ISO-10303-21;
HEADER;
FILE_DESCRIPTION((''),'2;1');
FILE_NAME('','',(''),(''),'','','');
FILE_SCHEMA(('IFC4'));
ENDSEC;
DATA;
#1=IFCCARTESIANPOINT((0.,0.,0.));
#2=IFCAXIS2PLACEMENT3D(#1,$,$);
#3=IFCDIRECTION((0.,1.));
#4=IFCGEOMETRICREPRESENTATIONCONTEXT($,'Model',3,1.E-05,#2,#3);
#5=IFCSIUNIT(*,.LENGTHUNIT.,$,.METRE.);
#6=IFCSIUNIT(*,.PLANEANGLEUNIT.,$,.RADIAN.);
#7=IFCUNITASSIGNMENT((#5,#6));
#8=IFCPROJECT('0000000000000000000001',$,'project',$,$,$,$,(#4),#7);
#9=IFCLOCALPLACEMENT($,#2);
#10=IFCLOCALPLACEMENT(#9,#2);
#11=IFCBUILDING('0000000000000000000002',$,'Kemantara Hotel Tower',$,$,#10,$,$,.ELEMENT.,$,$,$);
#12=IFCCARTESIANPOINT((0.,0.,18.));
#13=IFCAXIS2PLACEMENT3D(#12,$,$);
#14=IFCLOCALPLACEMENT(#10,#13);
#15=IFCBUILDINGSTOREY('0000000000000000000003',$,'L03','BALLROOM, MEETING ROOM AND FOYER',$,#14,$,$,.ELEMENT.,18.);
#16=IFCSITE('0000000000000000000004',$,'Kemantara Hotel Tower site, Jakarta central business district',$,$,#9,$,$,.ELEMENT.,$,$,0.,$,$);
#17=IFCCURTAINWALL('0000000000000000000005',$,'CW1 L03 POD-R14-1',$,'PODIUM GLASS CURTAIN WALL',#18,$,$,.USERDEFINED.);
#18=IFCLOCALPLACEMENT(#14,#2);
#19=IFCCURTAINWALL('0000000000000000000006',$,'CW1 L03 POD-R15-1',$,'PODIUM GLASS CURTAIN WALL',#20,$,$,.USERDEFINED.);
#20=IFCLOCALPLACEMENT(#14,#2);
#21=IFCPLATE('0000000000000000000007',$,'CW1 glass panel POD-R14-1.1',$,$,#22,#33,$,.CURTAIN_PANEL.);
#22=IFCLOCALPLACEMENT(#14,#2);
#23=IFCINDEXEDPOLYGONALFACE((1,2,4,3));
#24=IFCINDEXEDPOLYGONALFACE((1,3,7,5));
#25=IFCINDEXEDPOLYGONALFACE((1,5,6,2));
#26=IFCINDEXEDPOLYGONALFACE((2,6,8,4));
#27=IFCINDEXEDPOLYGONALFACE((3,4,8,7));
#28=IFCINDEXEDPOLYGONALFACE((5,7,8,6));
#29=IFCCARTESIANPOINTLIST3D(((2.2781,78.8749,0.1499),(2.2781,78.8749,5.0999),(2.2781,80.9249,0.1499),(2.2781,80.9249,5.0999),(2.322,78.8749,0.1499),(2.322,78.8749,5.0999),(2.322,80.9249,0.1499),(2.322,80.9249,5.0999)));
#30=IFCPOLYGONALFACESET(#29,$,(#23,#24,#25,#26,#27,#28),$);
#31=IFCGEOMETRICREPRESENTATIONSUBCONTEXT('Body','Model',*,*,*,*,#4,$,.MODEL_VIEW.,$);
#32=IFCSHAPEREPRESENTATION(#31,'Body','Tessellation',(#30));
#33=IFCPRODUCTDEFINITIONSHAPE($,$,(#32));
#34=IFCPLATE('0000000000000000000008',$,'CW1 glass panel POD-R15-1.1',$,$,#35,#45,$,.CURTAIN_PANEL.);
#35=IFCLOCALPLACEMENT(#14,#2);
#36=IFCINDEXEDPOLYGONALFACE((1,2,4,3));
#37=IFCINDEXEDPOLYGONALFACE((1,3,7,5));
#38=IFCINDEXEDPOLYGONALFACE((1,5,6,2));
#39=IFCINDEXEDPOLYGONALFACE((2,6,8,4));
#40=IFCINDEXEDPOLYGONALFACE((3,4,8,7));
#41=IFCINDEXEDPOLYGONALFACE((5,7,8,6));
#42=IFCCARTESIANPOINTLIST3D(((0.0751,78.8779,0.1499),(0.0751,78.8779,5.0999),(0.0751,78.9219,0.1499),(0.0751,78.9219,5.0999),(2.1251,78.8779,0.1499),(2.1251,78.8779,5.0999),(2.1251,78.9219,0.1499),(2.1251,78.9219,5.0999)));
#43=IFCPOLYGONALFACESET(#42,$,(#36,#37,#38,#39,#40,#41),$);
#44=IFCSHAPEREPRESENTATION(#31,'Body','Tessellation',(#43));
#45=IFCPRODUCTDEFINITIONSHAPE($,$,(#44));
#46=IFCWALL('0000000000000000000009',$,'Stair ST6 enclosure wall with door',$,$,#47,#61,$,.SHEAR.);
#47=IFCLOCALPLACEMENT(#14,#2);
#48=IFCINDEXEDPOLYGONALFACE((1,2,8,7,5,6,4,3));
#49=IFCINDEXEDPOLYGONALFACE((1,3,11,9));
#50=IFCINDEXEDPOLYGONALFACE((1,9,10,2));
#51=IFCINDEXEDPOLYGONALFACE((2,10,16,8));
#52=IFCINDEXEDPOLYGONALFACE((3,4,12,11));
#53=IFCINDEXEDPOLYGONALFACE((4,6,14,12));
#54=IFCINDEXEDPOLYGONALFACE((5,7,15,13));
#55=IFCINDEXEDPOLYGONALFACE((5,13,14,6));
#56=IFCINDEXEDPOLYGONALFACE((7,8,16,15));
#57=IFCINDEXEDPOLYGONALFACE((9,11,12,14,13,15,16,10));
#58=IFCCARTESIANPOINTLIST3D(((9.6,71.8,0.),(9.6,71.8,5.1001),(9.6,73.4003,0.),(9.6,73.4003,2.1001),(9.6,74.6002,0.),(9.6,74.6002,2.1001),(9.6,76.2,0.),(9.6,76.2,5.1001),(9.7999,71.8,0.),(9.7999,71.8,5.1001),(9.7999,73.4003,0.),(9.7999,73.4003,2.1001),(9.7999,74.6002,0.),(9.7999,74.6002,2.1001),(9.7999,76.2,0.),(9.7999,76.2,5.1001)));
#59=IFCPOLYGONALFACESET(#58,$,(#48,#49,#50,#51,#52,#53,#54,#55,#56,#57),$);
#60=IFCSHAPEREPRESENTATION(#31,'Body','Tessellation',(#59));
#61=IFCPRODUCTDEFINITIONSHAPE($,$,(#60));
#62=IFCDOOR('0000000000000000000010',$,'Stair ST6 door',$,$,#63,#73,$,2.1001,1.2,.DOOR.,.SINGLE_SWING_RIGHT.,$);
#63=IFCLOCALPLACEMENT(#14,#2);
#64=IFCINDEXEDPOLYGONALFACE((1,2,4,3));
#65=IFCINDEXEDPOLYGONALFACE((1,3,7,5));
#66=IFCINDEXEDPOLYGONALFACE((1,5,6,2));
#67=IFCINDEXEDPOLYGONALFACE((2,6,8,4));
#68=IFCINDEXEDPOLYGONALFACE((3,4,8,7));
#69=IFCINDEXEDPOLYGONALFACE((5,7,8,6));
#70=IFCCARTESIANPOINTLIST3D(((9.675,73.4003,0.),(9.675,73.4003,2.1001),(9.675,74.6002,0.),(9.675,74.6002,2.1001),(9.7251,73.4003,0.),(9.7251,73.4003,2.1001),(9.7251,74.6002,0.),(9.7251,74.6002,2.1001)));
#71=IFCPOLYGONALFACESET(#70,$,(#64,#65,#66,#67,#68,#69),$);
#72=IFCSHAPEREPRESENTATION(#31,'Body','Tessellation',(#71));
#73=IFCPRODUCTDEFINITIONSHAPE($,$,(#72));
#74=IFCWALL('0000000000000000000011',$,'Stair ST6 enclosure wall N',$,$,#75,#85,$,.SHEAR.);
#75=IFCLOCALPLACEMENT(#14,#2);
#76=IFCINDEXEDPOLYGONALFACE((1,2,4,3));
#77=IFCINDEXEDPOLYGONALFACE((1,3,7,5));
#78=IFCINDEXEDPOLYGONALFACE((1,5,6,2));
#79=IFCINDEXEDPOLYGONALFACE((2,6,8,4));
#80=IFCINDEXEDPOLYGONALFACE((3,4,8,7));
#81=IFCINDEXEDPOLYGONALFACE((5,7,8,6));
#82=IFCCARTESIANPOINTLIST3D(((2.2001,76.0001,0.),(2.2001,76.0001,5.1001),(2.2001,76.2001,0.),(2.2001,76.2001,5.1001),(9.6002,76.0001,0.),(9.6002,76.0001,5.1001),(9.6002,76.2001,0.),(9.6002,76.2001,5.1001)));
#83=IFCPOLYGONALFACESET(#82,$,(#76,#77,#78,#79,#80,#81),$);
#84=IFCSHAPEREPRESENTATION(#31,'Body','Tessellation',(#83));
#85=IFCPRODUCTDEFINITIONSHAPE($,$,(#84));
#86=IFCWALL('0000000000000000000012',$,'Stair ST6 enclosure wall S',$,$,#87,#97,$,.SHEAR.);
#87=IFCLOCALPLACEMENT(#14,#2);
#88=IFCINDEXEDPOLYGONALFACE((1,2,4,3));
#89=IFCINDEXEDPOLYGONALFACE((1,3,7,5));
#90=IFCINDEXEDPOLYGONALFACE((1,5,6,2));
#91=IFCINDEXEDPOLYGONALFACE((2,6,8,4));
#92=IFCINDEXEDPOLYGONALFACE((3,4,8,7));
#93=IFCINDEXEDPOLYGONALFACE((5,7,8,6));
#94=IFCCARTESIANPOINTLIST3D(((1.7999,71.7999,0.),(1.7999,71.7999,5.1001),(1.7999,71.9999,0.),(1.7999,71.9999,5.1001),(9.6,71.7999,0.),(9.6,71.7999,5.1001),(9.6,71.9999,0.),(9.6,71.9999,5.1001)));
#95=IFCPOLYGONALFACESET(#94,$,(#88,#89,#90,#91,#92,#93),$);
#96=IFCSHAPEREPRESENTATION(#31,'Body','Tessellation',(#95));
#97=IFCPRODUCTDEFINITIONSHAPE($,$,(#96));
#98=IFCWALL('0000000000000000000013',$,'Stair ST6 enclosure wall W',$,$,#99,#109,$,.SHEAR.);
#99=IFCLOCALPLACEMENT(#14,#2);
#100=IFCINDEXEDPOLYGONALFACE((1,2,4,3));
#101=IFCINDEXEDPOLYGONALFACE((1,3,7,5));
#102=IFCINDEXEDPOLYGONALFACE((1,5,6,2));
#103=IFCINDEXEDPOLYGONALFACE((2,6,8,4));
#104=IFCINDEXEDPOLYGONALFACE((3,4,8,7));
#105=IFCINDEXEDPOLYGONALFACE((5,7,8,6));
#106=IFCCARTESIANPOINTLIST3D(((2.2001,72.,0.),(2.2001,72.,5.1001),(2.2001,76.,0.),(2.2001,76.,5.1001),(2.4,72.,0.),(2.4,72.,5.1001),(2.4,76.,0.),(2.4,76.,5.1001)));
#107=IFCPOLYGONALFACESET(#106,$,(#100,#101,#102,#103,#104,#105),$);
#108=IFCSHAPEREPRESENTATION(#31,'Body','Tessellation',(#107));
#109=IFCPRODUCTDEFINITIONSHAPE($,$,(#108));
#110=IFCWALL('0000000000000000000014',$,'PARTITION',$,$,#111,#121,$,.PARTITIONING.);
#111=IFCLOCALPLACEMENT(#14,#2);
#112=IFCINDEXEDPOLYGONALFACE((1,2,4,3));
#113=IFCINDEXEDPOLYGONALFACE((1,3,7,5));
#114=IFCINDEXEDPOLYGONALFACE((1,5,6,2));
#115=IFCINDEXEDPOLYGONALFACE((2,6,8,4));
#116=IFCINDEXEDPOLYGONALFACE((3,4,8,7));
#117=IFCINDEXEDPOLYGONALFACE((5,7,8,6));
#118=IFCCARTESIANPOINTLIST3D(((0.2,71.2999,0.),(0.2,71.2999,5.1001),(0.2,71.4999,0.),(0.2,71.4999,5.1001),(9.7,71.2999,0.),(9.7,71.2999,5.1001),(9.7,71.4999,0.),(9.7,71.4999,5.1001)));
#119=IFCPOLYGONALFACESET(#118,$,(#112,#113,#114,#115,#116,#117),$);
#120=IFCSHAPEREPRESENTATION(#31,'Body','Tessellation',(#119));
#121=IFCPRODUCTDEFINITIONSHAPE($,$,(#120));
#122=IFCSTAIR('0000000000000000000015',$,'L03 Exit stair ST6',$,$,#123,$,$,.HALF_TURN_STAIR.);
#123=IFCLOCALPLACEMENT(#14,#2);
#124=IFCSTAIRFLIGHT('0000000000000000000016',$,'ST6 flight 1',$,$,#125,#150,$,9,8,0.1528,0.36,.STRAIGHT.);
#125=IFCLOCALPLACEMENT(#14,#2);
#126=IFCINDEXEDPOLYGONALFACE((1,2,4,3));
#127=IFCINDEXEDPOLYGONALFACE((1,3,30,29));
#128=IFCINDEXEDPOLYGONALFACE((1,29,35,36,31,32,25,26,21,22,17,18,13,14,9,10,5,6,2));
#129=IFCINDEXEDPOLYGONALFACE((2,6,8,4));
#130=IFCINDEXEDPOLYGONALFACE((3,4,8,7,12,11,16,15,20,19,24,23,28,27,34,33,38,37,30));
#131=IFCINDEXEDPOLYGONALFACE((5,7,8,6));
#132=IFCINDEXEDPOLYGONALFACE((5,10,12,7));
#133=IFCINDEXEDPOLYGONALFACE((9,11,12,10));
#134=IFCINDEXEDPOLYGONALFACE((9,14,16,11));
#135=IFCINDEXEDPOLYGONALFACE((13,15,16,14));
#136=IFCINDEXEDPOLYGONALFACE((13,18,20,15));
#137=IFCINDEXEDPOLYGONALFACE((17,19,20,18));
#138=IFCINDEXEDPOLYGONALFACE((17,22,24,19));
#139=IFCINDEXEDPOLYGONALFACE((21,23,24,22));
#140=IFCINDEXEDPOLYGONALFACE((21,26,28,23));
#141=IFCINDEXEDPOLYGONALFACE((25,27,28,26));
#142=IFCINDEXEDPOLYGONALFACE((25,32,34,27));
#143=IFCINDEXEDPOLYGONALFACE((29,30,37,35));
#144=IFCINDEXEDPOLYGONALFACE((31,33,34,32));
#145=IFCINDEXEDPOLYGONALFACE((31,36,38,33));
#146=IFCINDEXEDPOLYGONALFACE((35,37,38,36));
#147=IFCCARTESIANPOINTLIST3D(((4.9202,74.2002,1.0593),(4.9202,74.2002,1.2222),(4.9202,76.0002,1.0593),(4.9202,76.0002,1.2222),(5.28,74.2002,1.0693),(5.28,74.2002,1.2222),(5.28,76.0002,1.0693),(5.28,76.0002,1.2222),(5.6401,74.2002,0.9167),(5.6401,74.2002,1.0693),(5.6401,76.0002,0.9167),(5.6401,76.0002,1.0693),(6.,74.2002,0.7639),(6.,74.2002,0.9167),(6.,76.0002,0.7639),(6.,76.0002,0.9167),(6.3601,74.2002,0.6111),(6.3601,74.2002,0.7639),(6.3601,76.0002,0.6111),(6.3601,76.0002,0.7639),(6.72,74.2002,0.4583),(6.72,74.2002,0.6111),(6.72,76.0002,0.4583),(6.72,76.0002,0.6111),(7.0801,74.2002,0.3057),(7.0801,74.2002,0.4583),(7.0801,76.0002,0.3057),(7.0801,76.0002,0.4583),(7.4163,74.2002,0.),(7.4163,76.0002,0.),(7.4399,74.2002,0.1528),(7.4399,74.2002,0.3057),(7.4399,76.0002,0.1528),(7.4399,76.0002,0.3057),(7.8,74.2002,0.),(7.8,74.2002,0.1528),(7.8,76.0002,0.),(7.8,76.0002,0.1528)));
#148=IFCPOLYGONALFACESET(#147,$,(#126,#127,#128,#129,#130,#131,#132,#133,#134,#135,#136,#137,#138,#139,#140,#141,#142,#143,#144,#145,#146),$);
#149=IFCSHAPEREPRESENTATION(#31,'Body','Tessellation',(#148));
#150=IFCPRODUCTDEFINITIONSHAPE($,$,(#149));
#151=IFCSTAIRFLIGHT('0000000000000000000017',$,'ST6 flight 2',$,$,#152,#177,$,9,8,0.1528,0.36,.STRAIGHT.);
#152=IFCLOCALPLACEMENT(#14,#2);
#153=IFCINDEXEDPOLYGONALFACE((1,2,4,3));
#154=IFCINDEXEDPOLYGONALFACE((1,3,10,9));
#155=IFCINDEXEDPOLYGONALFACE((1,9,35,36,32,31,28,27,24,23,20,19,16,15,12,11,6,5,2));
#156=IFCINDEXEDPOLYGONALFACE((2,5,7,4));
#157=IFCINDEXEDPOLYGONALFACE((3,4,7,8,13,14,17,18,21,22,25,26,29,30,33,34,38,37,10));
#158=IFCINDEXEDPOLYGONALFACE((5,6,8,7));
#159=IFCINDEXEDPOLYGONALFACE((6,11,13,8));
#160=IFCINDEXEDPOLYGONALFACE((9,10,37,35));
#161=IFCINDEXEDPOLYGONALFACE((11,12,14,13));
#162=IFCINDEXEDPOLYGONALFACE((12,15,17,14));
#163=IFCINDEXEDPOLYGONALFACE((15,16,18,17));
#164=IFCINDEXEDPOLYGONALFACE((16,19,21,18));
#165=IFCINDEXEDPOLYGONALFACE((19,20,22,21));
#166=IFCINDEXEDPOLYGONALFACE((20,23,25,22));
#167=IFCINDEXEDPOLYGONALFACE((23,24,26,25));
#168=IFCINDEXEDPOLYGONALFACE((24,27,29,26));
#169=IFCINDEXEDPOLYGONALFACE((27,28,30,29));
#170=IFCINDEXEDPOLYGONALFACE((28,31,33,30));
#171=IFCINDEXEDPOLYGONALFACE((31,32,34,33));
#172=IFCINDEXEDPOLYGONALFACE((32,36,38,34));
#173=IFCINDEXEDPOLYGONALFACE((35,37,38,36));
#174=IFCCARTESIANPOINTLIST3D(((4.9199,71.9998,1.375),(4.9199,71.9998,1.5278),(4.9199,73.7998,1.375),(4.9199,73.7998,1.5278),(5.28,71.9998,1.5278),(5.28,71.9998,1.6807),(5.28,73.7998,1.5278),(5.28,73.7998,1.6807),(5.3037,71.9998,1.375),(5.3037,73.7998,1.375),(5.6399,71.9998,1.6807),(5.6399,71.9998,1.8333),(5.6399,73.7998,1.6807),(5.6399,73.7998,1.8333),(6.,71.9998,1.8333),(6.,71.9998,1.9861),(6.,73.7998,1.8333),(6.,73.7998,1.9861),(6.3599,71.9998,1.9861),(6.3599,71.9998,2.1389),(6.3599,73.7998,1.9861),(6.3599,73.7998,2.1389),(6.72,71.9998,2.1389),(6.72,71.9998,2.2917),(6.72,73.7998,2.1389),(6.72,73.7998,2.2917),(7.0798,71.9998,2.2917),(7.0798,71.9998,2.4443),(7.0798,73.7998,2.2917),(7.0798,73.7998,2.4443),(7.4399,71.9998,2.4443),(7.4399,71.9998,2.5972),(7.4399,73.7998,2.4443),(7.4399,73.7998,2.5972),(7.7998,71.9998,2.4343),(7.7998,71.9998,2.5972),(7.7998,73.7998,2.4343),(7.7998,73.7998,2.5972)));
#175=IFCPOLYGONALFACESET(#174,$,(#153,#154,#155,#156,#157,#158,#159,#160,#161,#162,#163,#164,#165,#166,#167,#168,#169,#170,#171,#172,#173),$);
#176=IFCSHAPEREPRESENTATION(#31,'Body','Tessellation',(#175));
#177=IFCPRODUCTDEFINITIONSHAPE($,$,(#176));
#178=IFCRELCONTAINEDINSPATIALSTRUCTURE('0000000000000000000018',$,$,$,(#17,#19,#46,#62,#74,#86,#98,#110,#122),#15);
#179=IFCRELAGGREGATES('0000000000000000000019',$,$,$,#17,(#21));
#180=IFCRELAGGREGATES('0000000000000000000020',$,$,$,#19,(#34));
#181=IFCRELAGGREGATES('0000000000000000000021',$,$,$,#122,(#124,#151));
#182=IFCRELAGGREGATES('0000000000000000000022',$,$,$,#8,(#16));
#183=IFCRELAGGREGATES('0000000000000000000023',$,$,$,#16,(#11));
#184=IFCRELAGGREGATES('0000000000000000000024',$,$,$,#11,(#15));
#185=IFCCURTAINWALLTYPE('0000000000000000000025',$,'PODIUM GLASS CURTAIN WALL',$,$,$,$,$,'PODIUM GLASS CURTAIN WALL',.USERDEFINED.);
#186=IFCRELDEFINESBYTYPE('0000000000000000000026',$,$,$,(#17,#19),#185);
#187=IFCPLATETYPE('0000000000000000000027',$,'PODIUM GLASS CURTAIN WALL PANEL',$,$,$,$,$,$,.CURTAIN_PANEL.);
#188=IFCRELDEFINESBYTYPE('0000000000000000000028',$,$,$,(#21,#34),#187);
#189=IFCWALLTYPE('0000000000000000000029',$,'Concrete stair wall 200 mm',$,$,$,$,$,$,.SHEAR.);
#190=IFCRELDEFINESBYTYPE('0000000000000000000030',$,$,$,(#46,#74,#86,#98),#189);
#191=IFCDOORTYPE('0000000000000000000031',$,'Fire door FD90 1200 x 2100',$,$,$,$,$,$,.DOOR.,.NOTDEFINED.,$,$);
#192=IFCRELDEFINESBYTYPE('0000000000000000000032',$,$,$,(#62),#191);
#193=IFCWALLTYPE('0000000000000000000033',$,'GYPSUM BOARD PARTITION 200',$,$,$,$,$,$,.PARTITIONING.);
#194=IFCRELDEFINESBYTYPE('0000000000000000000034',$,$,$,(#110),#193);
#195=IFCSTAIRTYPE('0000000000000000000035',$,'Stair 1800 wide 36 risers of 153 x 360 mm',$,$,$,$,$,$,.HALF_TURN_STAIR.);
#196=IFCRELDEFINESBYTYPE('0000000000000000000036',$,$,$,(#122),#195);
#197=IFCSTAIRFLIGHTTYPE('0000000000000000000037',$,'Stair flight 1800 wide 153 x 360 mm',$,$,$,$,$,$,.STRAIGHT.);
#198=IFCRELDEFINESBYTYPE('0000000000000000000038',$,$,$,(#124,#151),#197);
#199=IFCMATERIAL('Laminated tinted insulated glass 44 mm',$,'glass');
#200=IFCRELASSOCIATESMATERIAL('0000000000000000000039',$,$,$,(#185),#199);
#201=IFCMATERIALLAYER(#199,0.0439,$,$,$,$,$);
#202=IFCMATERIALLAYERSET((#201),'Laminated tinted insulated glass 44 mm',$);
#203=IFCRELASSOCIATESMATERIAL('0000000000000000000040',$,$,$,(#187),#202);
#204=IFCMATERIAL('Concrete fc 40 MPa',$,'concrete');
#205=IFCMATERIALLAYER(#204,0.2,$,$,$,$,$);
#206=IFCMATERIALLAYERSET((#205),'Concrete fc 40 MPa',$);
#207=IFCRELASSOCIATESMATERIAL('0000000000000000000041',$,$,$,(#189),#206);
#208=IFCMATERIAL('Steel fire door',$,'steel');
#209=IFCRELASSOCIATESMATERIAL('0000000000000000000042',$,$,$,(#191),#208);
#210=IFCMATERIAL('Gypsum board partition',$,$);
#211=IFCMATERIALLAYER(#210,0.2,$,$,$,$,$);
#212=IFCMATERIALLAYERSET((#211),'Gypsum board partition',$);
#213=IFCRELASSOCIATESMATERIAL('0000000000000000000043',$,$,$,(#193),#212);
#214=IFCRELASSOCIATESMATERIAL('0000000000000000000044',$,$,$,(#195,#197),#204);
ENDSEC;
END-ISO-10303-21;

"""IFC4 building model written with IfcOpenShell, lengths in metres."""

from ifc_helpers import new_model, si_unit, direction, frame, frame_2d, origin, origin_2d, place, context, subcontext, project, spatial, polyline, rectangle, outline, extrude, source, transform, mapped, material, layer, layer_set, type_object, element, fill, aggregate, save


model = new_model("IFC4")

# Units and contexts
model_context = context("Model", 3, precision=1e-05, world=origin(), true_north=direction((0.0, 1.0)))
body_context = subcontext(model_context, "Body", "Model", "MODEL_VIEW")
ifc_project = project(units=[si_unit("LENGTHUNIT", "METRE"), si_unit("PLANEANGLEUNIT", "RADIAN")], contexts=[model_context])

# Site, building, storey
site_placement = place(None, origin())
site = spatial("IfcSite", under=ifc_project, at=site_placement, Name="Kemantara Hotel Tower site, Jakarta central business district", CompositionType="ELEMENT", RefElevation=0.0)
building_placement = place(site_placement, origin())
building = spatial("IfcBuilding", under=site, at=building_placement, Name="Kemantara Hotel Tower", CompositionType="ELEMENT")
storey_placement = place(building_placement, frame((0.0, 0.0, 18.0)))
storey = spatial("IfcBuildingStorey", under=building, at=storey_placement, Name="L03", Description="BALLROOM, MEETING ROOM AND FOYER", CompositionType="ELEMENT", Elevation=18.0)

# Curtain walls
ifc_material_1 = material(Name="Laminated tinted insulated glass 44 mm", Category="glass")
curtain_wall_type = type_object("IfcCurtainWallType", Name="PODIUM GLASS CURTAIN WALL", ElementType="PODIUM GLASS CURTAIN WALL", PredefinedType="USERDEFINED", material=ifc_material_1)
curtain_wall_1_placement = place(storey_placement, origin())
curtain_wall_1 = element("IfcCurtainWall", 1, at=curtain_wall_1_placement, inside=storey, type_object=curtain_wall_type, Name="CW1 L03 POD-R14-1", ObjectType="PODIUM GLASS CURTAIN WALL", PredefinedType="USERDEFINED")
curtain_wall_2_placement = place(storey_placement, origin())
curtain_wall_2 = element("IfcCurtainWall", 2, at=curtain_wall_2_placement, inside=storey, type_object=curtain_wall_type, Name="CW1 L03 POD-R15-1", ObjectType="PODIUM GLASS CURTAIN WALL", PredefinedType="USERDEFINED")

# Plates
ifc_layer_1 = layer(ifc_material_1, 0.0439)
ifc_layer_set_1 = layer_set([ifc_layer_1], Name="Laminated tinted insulated glass 44 mm")
plate_type = type_object("IfcPlateType", Name="PODIUM GLASS CURTAIN WALL PANEL", PredefinedType="CURTAIN_PANEL", material=ifc_layer_set_1)
shared_shape_1 = source(origin(), body_context, "Body", "SweptSolid", [
    extrude(rectangle(XDim=2.05, YDim=0.0439, at=origin_2d()), origin(), (0.0, 0.0, 1.0), 4.95),
])
plate_1_placement = place(storey_placement, frame((2.3, 79.8999, 0.1499), z_axis=(0.0, 0.0, 1.0), x_axis=(0.0, -1.0, 0.0)))
plate_1 = element("IfcPlate", 3, at=plate_1_placement, type_object=plate_type, Name="CW1 glass panel POD-R14-1.1", PredefinedType="CURTAIN_PANEL", context=body_context, shape_type="MappedRepresentation", body=[
    mapped(shared_shape_1, transform((0.0, 0.0, 0.0))),
])
aggregate(curtain_wall_1, [plate_1])
plate_2_placement = place(storey_placement, frame((1.1001, 78.8999, 0.1499), z_axis=(0.0, 0.0, 1.0), x_axis=(-1.0, 0.0, 0.0)))
plate_2 = element("IfcPlate", 4, at=plate_2_placement, type_object=plate_type, Name="CW1 glass panel POD-R15-1.1", PredefinedType="CURTAIN_PANEL", context=body_context, shape_type="MappedRepresentation", body=[
    mapped(shared_shape_1, transform((0.0, 0.0, 0.0))),
])
aggregate(curtain_wall_2, [plate_2])

# Wall, opening, door
ifc_material_2 = material(Name="Concrete fc 40 MPa", Category="concrete")
ifc_layer_2 = layer(ifc_material_2, 0.2)
ifc_layer_set_2 = layer_set([ifc_layer_2], Name="Concrete fc 40 MPa")
wall_type_1 = type_object("IfcWallType", Name="Concrete stair wall 200 mm", PredefinedType="SHEAR", material=ifc_layer_set_2)
wall_1_placement = place(storey_placement, frame((9.7, 71.8, 0.0), z_axis=(0.0, 0.0, 1.0), x_axis=(0.0, 1.0, 0.0)))
wall_1 = element("IfcWall", 5, at=wall_1_placement, inside=storey, type_object=wall_type_1, Name="Stair ST6 enclosure wall with door", PredefinedType="SHEAR", context=body_context, shape_type="SweptSolid", body=[
    extrude(rectangle(XDim=4.3999, YDim=0.2, at=frame_2d((2.2, 0.0))), origin(), (0.0, 0.0, 1.0), 5.1001),
])
opening_placement = place(wall_1_placement, frame((1.6001, 0.0, 0.0)))
opening = element("IfcOpeningElement", 6, at=opening_placement, cuts=wall_1, PredefinedType="OPENING", context=body_context, shape_type="SweptSolid", body=[
    extrude(rectangle(XDim=1.2, YDim=2.1001, at=frame_2d((0.6001, 1.05))), frame((0.0, 0.1099, 0.0), z_axis=(0.0, -1.0, 0.0), x_axis=(1.0, 0.0, 0.0)), (0.0, 0.0, 1.0), 0.22),
])
ifc_material_3 = material(Name="Steel fire door", Category="steel")
door_type = type_object("IfcDoorType", Name="Fire door FD90 1200 x 2100", OperationType="NOTDEFINED", PredefinedType="DOOR", material=ifc_material_3)
door_placement = place(opening_placement, origin())
door = element("IfcDoor", 7, at=door_placement, inside=storey, type_object=door_type, Name="Stair ST6 door", OperationType="SINGLE_SWING_RIGHT", OverallHeight=2.1001, OverallWidth=1.2, PredefinedType="DOOR", context=body_context, shape_type="SweptSolid", body=[
    extrude(rectangle(XDim=1.2, YDim=2.1001, at=frame_2d((0.6001, 1.05))), frame((0.0, 0.0249, 0.0), z_axis=(0.0, -1.0, 0.0), x_axis=(1.0, 0.0, 0.0)), (0.0, 0.0, 1.0), 0.05),
])
fill(opening, door)

# Walls
wall_2_placement = place(storey_placement, frame((2.2, 76.1001, 0.0), z_axis=(0.0, 0.0, 1.0), x_axis=(1.0, 0.0, 0.0)))
element("IfcWall", 8, at=wall_2_placement, inside=storey, type_object=wall_type_1, Name="Stair ST6 enclosure wall N", PredefinedType="SHEAR", context=body_context, shape_type="SweptSolid", body=[
    extrude(rectangle(XDim=7.4001, YDim=0.2, at=frame_2d((3.7002, 0.0))), origin(), (0.0, 0.0, 1.0), 5.1001),
])
wall_3_placement = place(storey_placement, frame((1.8, 71.8999, 0.0), z_axis=(0.0, 0.0, 1.0), x_axis=(1.0, 0.0, 0.0)))
element("IfcWall", 9, at=wall_3_placement, inside=storey, type_object=wall_type_1, Name="Stair ST6 enclosure wall S", PredefinedType="SHEAR", context=body_context, shape_type="SweptSolid", body=[
    extrude(rectangle(XDim=7.8, YDim=0.2, at=frame_2d((3.8999, 0.0))), origin(), (0.0, 0.0, 1.0), 5.1001),
])
wall_4_placement = place(storey_placement, frame((2.3, 72.0, 0.0), z_axis=(0.0, 0.0, 1.0), x_axis=(0.0, 1.0, 0.0)))
element("IfcWall", 10, at=wall_4_placement, inside=storey, type_object=wall_type_1, Name="Stair ST6 enclosure wall W", PredefinedType="SHEAR", context=body_context, shape_type="SweptSolid", body=[
    extrude(rectangle(XDim=4.0, YDim=0.2, at=frame_2d((2.0, 0.0))), origin(), (0.0, 0.0, 1.0), 5.1001),
])
ifc_material_4 = material(Name="Gypsum board partition")
ifc_layer_3 = layer(ifc_material_4, 0.2)
ifc_layer_set_3 = layer_set([ifc_layer_3], Name="Gypsum board partition")
wall_type_2 = type_object("IfcWallType", Name="GYPSUM BOARD PARTITION 200", PredefinedType="PARTITIONING", material=ifc_layer_set_3)
wall_5_placement = place(storey_placement, frame((0.2, 71.3999, 0.0), z_axis=(0.0, 0.0, 1.0), x_axis=(1.0, 0.0, 0.0)))
element("IfcWall", 11, at=wall_5_placement, inside=storey, type_object=wall_type_2, Name="PARTITION", PredefinedType="PARTITIONING", context=body_context, shape_type="SweptSolid", body=[
    extrude(rectangle(XDim=9.5, YDim=0.2, at=frame_2d((4.75, 0.0))), origin(), (0.0, 0.0, 1.0), 5.1001),
])

# Stair, stair flights
stair_type = type_object("IfcStairType", Name="Stair 1800 wide 36 risers of 153 x 360 mm", PredefinedType="HALF_TURN_STAIR", material=ifc_material_2)
stair_placement = place(storey_placement, origin())
stair = element("IfcStair", 12, at=stair_placement, inside=storey, type_object=stair_type, Name="L03 Exit stair ST6", PredefinedType="HALF_TURN_STAIR")
stair_flight_type = type_object("IfcStairFlightType", Name="Stair flight 1800 wide 153 x 360 mm", PredefinedType="STRAIGHT", material=ifc_material_2)
stair_flight_1_placement = place(storey_placement, frame((7.8, 75.1001, 0.0), z_axis=(0.0, 0.0, 1.0), x_axis=(-1.0, 0.0, 0.0)))
stair_flight_1 = element("IfcStairFlight", 13, at=stair_flight_1_placement, type_object=stair_flight_type, Name="ST6 flight 1", NumberOfRisers=9, NumberOfTreads=8, PredefinedType="STRAIGHT", RiserHeight=0.1528, TreadLength=0.36, context=body_context, shape_type="SweptSolid", body=[
    extrude(outline(polyline([(0.0, 0.0), (0.0, 0.1528), (0.3601, 0.1528), (0.3601, 0.3057), (0.72, 0.3057), (0.72, 0.4583), (1.0801, 0.4583), (1.0801, 0.6111), (1.4399, 0.6111), (1.4399, 0.7639), (1.8, 0.7639), (1.8, 0.9167), (2.1599, 0.9167), (2.1599, 1.0693), (2.52, 1.0693), (2.52, 1.2222), (2.8799, 1.2222), (2.8799, 1.375), (2.8799, 1.0593), (0.3838, 0.0), (0.0, 0.0)])), frame((0.0, 0.8999, 0.0), z_axis=(0.0, -1.0, 0.0), x_axis=(1.0, 0.0, 0.0)), (0.0, 0.0, 1.0), 1.8),
])
stair_flight_2_placement = place(storey_placement, frame((4.9199, 72.8999, 1.375), z_axis=(0.0, 0.0, 1.0), x_axis=(1.0, 0.0, 0.0)))
stair_flight_2 = element("IfcStairFlight", 14, at=stair_flight_2_placement, type_object=stair_flight_type, Name="ST6 flight 2", NumberOfRisers=9, NumberOfTreads=8, PredefinedType="STRAIGHT", RiserHeight=0.1528, TreadLength=0.36, context=body_context, shape_type="SweptSolid", body=[
    extrude(outline(polyline([(0.0, 0.0), (0.0, 0.1528), (0.3601, 0.1528), (0.3601, 0.3057), (0.72, 0.3057), (0.72, 0.4583), (1.0801, 0.4583), (1.0801, 0.6111), (1.4399, 0.6111), (1.4399, 0.7639), (1.8, 0.7639), (1.8, 0.9167), (2.1599, 0.9167), (2.1599, 1.0693), (2.52, 1.0693), (2.52, 1.2222), (2.8799, 1.2222), (2.8799, 1.375), (2.8799, 1.0593), (0.3838, 0.0), (0.0, 0.0)])), frame((0.0, 0.8999, 0.0), z_axis=(0.0, -1.0, 0.0), x_axis=(1.0, 0.0, 0.0)), (0.0, 0.0, 1.0), 1.8),
])
aggregate(stair, [stair_flight_1, stair_flight_2])

save(model, "model.ifc")
